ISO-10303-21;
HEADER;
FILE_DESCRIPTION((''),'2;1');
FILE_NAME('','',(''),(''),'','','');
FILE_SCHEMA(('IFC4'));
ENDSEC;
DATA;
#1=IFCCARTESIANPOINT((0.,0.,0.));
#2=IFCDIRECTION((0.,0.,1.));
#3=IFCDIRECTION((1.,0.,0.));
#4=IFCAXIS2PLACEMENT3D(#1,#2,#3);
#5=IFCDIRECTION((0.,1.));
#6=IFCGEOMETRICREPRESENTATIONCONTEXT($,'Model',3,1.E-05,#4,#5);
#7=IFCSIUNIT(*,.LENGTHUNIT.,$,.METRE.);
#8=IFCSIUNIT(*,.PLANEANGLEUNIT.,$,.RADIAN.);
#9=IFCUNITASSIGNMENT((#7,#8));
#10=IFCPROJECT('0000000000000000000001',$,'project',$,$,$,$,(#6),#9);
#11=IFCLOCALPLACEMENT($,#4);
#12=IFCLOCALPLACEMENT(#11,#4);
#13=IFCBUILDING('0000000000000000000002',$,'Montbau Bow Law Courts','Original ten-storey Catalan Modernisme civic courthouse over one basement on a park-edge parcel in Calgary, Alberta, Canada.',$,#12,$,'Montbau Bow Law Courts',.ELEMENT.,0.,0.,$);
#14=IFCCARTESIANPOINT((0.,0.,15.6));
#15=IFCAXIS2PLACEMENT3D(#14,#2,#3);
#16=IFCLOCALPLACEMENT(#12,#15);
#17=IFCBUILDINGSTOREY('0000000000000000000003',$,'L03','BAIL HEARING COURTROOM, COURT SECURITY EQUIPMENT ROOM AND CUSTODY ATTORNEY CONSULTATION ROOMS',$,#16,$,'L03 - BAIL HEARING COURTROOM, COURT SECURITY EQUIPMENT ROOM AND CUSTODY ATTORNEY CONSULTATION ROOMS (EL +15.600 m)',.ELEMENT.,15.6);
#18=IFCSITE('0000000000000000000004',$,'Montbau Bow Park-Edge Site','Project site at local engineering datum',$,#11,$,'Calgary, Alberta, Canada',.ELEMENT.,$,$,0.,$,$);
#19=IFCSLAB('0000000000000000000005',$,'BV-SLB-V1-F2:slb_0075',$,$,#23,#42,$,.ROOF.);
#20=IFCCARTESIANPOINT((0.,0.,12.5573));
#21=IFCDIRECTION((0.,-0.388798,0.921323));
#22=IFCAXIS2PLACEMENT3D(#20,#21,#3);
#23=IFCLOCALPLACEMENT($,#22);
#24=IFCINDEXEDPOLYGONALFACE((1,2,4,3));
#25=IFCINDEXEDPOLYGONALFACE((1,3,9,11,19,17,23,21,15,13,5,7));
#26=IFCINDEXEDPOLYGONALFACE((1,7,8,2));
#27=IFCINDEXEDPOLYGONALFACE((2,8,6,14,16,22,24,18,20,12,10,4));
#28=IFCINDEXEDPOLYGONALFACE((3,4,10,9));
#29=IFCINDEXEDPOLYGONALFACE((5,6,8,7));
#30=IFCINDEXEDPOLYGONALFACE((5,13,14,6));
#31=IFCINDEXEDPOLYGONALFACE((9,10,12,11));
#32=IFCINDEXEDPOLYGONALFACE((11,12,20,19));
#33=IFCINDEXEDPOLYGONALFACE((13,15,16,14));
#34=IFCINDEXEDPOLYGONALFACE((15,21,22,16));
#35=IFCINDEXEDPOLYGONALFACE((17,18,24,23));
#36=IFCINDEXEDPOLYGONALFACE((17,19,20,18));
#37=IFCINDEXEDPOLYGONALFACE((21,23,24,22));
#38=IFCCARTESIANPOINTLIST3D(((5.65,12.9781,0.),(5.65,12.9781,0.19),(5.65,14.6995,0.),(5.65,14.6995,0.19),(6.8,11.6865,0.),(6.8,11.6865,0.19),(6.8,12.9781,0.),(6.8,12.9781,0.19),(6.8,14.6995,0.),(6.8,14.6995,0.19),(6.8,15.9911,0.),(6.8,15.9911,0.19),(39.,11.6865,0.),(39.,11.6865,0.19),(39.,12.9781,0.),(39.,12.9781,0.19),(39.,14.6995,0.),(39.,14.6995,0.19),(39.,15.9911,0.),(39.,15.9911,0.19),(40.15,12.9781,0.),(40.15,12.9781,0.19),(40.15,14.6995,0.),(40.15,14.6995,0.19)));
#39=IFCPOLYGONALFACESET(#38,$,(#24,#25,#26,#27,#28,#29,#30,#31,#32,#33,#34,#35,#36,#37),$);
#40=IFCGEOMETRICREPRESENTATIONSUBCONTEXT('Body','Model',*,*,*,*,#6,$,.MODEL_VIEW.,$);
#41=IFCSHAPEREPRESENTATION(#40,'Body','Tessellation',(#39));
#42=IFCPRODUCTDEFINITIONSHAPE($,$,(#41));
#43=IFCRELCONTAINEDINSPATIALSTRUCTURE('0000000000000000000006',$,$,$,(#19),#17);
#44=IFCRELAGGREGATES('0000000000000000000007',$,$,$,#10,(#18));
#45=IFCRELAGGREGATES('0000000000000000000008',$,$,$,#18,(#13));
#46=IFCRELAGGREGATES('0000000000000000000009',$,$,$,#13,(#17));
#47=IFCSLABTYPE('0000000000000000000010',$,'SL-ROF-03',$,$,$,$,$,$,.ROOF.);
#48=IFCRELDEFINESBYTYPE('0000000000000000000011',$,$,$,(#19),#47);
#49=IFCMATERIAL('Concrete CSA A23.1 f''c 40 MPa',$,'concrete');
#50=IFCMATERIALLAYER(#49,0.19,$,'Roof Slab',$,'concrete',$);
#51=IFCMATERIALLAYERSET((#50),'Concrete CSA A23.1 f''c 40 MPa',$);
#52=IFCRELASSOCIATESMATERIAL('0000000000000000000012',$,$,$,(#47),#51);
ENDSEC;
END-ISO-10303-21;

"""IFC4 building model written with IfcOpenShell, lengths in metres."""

from ifc_helpers import new_model, si_unit, direction, frame, origin_with_axes, place, context, subcontext, project, spatial, polyline, outline, extrude, material, layer, layer_set, type_object, element, save


model = new_model("IFC4")

# Units and contexts
model_context = context("Model", 3, precision=1e-05, world=origin_with_axes(), true_north=direction((0.0, 1.0)))
body_context = subcontext(model_context, "Body", "Model", "MODEL_VIEW")
ifc_project = project(units=[si_unit("LENGTHUNIT", "METRE"), si_unit("PLANEANGLEUNIT", "RADIAN")], contexts=[model_context])

# Site, building, storey
site_placement = place(None, origin_with_axes())
site = spatial("IfcSite", under=ifc_project, at=site_placement, Name="Montbau Bow Park-Edge Site", Description="Project site at local engineering datum", LongName="Calgary, Alberta, Canada", CompositionType="ELEMENT", RefElevation=0.0)
building_placement = place(site_placement, origin_with_axes())
building = spatial("IfcBuilding", under=site, at=building_placement, Name="Montbau Bow Law Courts", Description="Original ten-storey Catalan Modernisme civic courthouse over one basement on a park-edge parcel in Calgary, Alberta, Canada.", LongName="Montbau Bow Law Courts", CompositionType="ELEMENT", ElevationOfRefHeight=0.0, ElevationOfTerrain=0.0)
storey_placement = place(building_placement, frame((0.0, 0.0, 15.6), z_axis=(0.0, 0.0, 1.0), x_axis=(1.0, 0.0, 0.0)))
storey = spatial("IfcBuildingStorey", under=building, at=storey_placement, Name="L03", Description="BAIL HEARING COURTROOM, COURT SECURITY EQUIPMENT ROOM AND CUSTODY ATTORNEY CONSULTATION ROOMS", LongName="L03 - BAIL HEARING COURTROOM, COURT SECURITY EQUIPMENT ROOM AND CUSTODY ATTORNEY CONSULTATION ROOMS (EL +15.600 m)", CompositionType="ELEMENT", Elevation=15.6)

# Slab
ifc_material_1 = material(Name="Concrete CSA A23.1 f'c 40 MPa", Category="concrete")
ifc_layer = layer(ifc_material_1, 0.19, Name="Roof Slab", Category="concrete")
ifc_layer_set = layer_set([ifc_layer], Name="Concrete CSA A23.1 f'c 40 MPa")
slab_type = type_object("IfcSlabType", Name="SL-ROF-03", PredefinedType="ROOF", material=ifc_layer_set)
slab_placement = place(None, frame((0.0, 0.0, 12.5573), z_axis=(0.0, -0.388798, 0.921323), x_axis=(1.0, 0.0, 0.0)))
element("IfcSlab", 1, at=slab_placement, inside=storey, type_object=slab_type, Name="BV-SLB-V1-F2:slb_0075", PredefinedType="ROOF", context=body_context, shape_type="SweptSolid", body=[
    extrude(outline(polyline([(6.8, 11.6865), (39.0, 11.6865), (39.0, 12.9781), (40.15, 12.9781), (40.15, 14.6995), (39.0, 14.6995), (39.0, 15.9911), (6.8, 15.9911), (6.8, 14.6995), (5.65, 14.6995), (5.65, 12.9781), (6.8, 12.9781), (6.8, 11.6865)])), origin_with_axes(), (0.0, 0.0, 1.0), 0.19),
])

save(model, "model.ifc")
